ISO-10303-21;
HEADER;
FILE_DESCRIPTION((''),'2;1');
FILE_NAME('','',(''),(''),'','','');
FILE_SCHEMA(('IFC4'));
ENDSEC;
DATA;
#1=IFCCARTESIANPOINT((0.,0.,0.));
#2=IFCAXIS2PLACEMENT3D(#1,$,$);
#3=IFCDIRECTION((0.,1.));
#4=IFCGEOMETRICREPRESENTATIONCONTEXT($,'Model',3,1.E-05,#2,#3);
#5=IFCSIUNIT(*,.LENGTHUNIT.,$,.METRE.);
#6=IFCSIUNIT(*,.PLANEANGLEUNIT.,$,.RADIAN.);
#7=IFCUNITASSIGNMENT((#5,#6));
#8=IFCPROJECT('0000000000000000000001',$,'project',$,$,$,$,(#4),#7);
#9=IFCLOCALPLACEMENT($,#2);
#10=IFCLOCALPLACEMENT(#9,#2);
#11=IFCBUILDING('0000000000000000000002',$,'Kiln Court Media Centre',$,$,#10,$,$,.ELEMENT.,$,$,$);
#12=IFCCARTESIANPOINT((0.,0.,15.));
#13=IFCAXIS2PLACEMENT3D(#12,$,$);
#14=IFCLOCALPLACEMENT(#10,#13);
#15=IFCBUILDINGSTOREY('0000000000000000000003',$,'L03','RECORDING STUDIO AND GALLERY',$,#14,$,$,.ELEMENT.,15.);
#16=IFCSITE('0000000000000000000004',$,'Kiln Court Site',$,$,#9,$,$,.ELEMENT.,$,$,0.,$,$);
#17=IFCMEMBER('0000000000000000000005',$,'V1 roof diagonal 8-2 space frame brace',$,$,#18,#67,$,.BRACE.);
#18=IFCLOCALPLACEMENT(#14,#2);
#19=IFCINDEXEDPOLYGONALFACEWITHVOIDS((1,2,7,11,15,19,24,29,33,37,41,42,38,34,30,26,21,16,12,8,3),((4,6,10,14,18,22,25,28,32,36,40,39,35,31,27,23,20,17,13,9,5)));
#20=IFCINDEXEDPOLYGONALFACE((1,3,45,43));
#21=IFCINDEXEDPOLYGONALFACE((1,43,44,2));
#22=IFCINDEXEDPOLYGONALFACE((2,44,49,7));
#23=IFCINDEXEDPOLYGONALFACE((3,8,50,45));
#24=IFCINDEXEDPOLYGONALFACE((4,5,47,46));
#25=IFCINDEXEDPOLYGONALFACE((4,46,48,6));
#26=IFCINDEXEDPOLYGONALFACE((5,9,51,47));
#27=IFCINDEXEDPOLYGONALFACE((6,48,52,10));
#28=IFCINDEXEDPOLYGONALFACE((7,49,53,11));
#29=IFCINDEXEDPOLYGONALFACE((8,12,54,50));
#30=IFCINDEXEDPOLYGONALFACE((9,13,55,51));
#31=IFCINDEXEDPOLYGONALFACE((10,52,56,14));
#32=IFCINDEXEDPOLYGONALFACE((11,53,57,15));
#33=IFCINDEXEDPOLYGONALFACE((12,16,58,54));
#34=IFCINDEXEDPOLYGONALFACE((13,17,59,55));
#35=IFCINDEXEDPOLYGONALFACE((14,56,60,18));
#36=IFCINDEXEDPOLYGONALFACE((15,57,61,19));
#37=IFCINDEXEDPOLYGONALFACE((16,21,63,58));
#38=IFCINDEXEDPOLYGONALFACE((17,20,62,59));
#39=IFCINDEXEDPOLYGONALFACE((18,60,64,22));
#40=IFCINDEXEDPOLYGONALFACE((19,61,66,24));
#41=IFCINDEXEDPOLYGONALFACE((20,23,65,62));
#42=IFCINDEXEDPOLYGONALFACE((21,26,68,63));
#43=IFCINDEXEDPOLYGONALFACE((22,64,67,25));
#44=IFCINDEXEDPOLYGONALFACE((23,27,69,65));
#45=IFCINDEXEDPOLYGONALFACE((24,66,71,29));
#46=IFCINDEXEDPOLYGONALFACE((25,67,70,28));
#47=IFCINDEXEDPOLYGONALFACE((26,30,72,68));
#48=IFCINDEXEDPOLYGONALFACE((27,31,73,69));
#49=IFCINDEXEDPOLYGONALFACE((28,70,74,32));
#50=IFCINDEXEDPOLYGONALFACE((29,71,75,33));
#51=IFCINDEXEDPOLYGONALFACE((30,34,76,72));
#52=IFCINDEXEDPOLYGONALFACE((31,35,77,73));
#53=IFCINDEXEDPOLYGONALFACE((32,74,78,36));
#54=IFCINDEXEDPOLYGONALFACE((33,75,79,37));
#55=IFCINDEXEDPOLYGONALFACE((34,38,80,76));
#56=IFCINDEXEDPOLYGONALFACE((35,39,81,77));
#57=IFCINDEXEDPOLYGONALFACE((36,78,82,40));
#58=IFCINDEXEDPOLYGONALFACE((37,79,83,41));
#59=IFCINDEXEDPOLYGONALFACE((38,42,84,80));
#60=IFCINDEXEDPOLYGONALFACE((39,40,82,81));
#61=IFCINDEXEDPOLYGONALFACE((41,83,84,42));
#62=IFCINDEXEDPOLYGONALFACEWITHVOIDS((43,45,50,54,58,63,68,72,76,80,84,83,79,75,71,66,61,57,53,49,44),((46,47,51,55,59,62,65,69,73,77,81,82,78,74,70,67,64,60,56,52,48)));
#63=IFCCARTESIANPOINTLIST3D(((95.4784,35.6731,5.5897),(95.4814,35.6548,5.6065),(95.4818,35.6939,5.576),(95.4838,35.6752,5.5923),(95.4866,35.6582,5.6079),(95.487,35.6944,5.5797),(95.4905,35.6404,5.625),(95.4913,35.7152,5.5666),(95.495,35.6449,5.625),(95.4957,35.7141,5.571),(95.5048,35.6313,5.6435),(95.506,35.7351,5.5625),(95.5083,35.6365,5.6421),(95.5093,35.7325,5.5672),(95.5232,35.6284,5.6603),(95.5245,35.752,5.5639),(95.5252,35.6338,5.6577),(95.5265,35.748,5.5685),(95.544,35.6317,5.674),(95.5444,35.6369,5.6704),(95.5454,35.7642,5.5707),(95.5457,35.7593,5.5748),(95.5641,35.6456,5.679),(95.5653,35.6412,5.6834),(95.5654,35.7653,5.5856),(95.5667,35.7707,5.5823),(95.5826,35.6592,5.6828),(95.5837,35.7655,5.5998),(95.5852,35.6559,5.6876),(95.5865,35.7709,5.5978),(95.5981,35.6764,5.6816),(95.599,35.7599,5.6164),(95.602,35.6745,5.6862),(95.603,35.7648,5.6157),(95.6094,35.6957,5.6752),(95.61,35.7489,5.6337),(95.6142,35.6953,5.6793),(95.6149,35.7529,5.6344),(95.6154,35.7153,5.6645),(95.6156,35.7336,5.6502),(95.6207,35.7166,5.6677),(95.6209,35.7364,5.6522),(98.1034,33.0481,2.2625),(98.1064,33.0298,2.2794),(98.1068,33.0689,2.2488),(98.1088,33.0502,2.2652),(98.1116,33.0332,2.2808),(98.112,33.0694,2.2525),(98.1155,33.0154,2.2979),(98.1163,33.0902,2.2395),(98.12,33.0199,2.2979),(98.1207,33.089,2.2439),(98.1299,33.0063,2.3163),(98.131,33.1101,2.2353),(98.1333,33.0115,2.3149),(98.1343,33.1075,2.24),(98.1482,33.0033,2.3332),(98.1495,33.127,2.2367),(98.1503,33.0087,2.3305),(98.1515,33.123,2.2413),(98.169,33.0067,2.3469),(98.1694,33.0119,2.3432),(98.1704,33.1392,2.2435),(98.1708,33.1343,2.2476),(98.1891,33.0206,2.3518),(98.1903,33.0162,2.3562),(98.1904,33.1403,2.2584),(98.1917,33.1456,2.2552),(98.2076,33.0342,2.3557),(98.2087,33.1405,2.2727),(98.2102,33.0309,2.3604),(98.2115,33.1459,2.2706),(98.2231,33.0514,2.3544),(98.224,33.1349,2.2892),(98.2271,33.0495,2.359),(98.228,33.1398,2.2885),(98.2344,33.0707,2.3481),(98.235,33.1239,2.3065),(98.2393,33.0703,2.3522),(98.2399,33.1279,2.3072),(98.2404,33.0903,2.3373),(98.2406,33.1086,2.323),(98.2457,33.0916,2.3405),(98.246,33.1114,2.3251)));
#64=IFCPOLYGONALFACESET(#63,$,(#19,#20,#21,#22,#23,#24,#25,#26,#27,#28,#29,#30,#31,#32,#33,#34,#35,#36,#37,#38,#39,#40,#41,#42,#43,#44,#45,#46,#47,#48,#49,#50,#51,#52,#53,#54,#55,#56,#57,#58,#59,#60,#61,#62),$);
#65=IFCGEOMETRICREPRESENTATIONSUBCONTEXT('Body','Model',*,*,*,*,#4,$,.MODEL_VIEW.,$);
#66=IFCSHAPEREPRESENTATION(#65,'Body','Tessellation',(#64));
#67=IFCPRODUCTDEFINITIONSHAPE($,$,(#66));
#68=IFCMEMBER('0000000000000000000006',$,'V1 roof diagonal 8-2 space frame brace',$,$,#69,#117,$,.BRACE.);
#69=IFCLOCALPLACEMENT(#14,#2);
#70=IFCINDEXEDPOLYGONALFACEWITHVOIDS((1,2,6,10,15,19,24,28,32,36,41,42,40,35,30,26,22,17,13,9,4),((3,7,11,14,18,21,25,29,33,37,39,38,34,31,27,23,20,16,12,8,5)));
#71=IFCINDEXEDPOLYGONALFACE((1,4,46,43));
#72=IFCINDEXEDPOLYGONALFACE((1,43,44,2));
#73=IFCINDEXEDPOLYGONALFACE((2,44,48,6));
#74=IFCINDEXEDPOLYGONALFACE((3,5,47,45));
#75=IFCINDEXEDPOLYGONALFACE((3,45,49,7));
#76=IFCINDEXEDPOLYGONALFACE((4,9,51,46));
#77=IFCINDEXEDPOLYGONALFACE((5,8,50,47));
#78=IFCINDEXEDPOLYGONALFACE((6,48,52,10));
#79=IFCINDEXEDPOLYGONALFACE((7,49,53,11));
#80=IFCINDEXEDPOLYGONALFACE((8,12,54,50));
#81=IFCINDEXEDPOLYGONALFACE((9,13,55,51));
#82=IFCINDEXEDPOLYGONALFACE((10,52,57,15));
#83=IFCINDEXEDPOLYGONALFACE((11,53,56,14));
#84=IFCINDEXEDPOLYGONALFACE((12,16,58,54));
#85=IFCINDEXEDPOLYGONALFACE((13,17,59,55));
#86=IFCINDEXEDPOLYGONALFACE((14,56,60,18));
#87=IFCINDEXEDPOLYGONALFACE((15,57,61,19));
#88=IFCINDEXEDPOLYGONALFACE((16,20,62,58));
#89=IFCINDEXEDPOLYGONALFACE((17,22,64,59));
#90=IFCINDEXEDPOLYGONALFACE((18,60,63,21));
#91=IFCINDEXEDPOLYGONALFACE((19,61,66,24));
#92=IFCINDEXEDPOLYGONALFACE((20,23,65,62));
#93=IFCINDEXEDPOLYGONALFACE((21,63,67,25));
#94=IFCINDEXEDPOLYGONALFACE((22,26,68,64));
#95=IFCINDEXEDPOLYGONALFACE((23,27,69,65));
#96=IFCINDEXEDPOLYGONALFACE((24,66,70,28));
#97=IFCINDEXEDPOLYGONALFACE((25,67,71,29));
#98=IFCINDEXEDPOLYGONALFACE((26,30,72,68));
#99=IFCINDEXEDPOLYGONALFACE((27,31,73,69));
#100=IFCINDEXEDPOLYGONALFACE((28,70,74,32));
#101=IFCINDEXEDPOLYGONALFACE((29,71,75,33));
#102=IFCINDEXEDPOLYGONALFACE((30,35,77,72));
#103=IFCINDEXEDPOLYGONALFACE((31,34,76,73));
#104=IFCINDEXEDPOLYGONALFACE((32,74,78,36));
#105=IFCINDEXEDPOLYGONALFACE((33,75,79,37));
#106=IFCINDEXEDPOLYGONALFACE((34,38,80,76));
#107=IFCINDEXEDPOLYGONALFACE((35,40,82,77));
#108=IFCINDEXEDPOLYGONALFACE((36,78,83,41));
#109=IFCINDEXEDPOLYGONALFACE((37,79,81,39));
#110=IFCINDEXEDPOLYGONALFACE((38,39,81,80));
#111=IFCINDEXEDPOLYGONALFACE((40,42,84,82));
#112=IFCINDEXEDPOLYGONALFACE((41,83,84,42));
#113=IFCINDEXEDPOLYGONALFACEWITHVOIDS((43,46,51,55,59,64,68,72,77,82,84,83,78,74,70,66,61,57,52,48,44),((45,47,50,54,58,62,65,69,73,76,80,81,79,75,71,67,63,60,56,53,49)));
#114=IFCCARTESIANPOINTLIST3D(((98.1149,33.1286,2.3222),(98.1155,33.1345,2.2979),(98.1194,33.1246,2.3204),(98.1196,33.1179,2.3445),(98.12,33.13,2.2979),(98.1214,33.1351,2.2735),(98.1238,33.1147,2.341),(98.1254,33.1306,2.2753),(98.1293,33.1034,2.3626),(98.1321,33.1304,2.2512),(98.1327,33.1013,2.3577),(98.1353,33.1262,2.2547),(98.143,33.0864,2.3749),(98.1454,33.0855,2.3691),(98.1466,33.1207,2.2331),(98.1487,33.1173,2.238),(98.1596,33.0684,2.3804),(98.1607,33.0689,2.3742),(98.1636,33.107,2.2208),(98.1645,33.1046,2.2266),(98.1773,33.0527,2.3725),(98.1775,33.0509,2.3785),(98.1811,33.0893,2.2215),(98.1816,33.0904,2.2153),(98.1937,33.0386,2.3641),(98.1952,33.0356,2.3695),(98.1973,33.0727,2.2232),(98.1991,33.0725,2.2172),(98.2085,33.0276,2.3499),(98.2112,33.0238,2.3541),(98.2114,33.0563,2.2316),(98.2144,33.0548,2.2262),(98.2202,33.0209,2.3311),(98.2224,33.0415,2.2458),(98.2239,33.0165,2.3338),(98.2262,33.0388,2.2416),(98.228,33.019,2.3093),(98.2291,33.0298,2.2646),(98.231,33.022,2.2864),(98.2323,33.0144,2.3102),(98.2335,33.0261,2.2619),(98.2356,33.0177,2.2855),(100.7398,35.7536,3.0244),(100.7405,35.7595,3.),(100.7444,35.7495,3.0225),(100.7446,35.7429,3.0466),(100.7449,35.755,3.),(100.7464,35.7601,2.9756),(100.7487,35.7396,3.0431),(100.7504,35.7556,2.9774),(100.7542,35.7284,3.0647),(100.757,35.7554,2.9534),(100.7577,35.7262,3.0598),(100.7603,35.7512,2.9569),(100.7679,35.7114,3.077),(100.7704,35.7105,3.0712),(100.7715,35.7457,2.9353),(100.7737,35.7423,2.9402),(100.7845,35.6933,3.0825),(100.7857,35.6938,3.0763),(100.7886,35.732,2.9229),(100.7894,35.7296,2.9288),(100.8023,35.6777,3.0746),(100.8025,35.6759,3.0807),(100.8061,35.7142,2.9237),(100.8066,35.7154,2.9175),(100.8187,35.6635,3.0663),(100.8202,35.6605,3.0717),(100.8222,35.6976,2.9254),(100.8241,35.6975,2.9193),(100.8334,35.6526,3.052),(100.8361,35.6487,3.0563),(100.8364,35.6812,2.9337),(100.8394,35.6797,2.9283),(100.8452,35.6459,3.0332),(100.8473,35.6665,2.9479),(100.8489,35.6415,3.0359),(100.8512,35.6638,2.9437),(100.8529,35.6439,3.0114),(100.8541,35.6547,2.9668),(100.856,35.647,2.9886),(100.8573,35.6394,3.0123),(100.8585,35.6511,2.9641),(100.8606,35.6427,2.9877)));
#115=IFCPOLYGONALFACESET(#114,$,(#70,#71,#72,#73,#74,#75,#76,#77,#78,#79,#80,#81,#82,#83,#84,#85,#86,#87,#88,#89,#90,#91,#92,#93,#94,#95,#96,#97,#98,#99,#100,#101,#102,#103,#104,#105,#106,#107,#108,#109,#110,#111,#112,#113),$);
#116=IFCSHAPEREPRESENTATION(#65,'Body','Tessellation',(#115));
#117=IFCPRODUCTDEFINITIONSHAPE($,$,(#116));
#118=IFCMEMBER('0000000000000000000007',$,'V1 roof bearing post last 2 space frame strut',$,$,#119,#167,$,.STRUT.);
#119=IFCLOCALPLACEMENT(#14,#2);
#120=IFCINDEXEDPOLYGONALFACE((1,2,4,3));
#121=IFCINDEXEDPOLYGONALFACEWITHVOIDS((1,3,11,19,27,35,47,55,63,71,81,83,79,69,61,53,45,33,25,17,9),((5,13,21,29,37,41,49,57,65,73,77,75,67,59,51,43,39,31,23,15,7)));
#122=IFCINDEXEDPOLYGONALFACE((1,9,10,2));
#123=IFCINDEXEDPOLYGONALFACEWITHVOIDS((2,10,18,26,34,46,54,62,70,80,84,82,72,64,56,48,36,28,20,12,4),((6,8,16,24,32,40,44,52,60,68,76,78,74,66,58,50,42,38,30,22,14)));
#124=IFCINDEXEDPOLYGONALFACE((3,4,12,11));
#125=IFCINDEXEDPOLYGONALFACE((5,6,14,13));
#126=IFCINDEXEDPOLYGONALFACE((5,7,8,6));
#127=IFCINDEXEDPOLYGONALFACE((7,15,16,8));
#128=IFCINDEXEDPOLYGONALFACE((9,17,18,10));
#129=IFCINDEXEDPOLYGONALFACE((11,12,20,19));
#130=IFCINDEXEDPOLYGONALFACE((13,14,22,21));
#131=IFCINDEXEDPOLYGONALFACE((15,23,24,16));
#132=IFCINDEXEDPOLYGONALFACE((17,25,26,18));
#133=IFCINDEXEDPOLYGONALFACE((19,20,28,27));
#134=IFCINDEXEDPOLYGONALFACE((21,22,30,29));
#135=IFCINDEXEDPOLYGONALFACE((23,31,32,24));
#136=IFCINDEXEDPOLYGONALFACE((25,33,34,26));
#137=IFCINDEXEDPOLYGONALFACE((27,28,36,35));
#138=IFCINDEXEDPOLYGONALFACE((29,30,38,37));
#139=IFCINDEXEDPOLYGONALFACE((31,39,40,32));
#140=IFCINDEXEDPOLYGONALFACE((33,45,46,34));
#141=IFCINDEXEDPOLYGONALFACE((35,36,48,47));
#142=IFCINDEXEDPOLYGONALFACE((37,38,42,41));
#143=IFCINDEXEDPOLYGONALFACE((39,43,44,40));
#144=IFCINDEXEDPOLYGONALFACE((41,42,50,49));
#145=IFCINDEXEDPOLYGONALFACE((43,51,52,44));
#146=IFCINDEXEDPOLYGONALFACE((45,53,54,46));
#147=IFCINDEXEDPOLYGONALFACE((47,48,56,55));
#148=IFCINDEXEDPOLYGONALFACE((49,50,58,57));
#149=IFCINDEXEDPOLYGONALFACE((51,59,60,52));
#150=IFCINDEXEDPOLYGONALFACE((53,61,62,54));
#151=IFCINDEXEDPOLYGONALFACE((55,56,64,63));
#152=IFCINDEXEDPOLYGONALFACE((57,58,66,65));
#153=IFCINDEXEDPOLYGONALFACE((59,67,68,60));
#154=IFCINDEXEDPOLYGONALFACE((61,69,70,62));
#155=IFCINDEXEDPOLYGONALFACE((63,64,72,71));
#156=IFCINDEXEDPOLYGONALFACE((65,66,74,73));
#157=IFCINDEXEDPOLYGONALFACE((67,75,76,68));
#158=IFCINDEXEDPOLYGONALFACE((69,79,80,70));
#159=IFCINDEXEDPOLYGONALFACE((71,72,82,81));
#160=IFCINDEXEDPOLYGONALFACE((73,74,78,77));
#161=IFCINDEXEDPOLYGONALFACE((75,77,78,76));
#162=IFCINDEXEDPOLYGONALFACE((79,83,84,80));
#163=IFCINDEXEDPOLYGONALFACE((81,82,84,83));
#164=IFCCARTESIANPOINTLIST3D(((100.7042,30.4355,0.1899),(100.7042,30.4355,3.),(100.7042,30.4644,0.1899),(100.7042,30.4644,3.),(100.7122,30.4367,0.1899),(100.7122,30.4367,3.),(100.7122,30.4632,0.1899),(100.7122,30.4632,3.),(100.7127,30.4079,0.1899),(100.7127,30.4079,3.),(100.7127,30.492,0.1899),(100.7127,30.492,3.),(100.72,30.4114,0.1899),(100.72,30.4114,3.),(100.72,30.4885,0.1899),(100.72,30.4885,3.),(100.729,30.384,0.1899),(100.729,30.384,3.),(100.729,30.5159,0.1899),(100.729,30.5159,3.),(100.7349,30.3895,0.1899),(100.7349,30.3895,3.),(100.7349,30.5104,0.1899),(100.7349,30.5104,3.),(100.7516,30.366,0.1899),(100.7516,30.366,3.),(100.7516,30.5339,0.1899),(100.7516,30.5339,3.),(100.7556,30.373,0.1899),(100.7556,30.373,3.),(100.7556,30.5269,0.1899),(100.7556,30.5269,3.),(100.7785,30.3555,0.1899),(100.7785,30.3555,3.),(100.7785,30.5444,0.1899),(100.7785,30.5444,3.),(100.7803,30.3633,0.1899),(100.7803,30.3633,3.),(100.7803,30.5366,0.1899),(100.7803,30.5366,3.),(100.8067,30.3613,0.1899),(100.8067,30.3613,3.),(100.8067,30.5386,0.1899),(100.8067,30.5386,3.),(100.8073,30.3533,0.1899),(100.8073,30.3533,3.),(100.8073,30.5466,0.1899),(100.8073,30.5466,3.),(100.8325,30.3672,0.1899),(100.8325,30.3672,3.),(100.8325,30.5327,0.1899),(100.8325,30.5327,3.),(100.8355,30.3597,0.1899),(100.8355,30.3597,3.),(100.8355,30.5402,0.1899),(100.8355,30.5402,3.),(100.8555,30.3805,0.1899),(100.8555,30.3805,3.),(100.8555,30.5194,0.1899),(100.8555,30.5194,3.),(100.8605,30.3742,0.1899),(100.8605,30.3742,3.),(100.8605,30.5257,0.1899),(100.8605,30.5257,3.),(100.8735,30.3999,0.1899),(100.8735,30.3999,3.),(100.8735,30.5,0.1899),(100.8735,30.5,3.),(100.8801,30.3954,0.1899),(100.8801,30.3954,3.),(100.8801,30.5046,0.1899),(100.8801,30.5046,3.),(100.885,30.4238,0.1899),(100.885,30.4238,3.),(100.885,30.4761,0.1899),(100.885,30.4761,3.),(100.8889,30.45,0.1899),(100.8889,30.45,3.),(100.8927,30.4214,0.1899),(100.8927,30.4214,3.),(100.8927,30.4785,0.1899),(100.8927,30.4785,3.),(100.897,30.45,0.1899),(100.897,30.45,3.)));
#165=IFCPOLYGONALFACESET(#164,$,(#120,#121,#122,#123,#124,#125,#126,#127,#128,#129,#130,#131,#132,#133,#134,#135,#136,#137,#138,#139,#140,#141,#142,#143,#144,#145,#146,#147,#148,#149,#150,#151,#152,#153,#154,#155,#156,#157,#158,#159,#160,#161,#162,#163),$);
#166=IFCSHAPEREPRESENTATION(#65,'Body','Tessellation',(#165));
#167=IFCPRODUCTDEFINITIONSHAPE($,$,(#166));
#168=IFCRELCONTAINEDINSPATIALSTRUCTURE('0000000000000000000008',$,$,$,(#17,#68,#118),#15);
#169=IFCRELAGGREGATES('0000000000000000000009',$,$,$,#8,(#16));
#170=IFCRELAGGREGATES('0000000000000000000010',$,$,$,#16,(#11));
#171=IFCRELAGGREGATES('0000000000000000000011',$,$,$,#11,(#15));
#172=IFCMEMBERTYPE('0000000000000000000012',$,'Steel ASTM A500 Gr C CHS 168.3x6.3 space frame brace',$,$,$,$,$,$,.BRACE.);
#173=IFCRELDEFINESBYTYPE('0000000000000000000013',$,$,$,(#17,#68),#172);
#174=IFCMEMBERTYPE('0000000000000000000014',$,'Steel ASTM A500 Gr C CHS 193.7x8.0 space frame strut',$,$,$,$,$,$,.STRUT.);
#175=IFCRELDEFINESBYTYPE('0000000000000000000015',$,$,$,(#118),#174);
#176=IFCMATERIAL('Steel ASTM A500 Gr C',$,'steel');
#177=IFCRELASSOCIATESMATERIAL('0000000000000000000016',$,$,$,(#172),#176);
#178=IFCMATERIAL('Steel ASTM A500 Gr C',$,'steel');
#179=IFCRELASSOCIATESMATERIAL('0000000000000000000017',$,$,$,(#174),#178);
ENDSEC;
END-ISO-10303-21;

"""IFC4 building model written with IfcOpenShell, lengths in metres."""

from ifc_helpers import new_model, si_unit, direction, frame, origin, origin_2d, place, context, subcontext, project, spatial, hollow_circle, extrude, material, material_profile, profile_set, type_object, element, save


model = new_model("IFC4")

# Units and contexts
model_context = context("Model", 3, precision=1e-05, world=origin(), true_north=direction((0.0, 1.0)))
body_context = subcontext(model_context, "Body", "Model", "MODEL_VIEW")
ifc_project = project(units=[si_unit("LENGTHUNIT", "METRE"), si_unit("PLANEANGLEUNIT", "RADIAN")], contexts=[model_context])

# Site, building, storey
site_placement = place(None, origin())
site = spatial("IfcSite", under=ifc_project, at=site_placement, Name="Kiln Court Site", CompositionType="ELEMENT", RefElevation=0.0)
building_placement = place(site_placement, origin())
building = spatial("IfcBuilding", under=site, at=building_placement, Name="Kiln Court Media Centre", CompositionType="ELEMENT")
storey_placement = place(building_placement, frame((0.0, 0.0, 15.0)))
storey = spatial("IfcBuildingStorey", under=building, at=storey_placement, Name="L03", Description="RECORDING STUDIO AND GALLERY", CompositionType="ELEMENT", Elevation=15.0)

# Members
ifc_material_1 = material(Name="Steel ASTM A500 Gr C", Category="steel")
ifc_material_profile_1 = material_profile(ifc_material_1, hollow_circle(Radius=0.0842, WallThickness=0.0063, at=origin_2d()), Name="CHS 168.3x6.3")
ifc_profile_set_1 = profile_set([ifc_material_profile_1], Name="Steel ASTM A500 Gr C")
member_type_1 = type_object("IfcMemberType", Name="Steel ASTM A500 Gr C CHS 168.3x6.3 space frame brace", PredefinedType="BRACE", material=ifc_profile_set_1)
member_1_placement = place(storey_placement, frame((98.175, 33.075, 2.2979), z_axis=(-0.52657, 0.52657, 0.667419), x_axis=(-0.707107, -0.707107, 0.0)))
element("IfcMember", 1, at=member_1_placement, inside=storey, type_object=member_type_1, Name="V1 roof diagonal 8-2 space frame brace", PredefinedType="BRACE", context=body_context, shape_type="SweptSolid", body=[
    extrude(hollow_circle(Radius=0.0842, WallThickness=0.0063, at=origin_2d()), origin(), (0.0, 0.0, 1.0), 4.9851),
])
member_2_placement = place(storey_placement, frame((98.175, 33.075, 2.2979), z_axis=(0.694788, 0.694788, 0.185846), x_axis=(-0.707107, 0.707107, 0.0)))
element("IfcMember", 2, at=member_2_placement, inside=storey, type_object=member_type_1, Name="V1 roof diagonal 8-2 space frame brace", PredefinedType="BRACE", context=body_context, shape_type="SweptSolid", body=[
    extrude(hollow_circle(Radius=0.0842, WallThickness=0.0063, at=origin_2d()), origin(), (0.0, 0.0, 1.0), 3.7781),
])
ifc_material_2 = material(Name="Steel ASTM A500 Gr C", Category="steel")
ifc_material_profile_2 = material_profile(ifc_material_2, hollow_circle(Radius=0.0969, WallThickness=0.0081, at=origin_2d()), Name="CHS 193.7x8.0")
ifc_profile_set_2 = profile_set([ifc_material_profile_2], Name="Steel ASTM A500 Gr C")
member_type_2 = type_object("IfcMemberType", Name="Steel ASTM A500 Gr C CHS 193.7x8.0 space frame strut", PredefinedType="STRUT", material=ifc_profile_set_2)
for number, where, z_axis, x_axis, name in (
    (3, (100.8, 30.45, 0.1899), (0.0, 0.0, 1.0), (1.0, 0.0, 0.0), "V1 roof bearing post last 2 space frame strut"),
):
    element("IfcMember", number, at=place(storey_placement, frame(where, z_axis=z_axis, x_axis=x_axis)), inside=storey, type_object=member_type_2, Name=name, PredefinedType="STRUT", context=body_context, shape_type="SweptSolid", body=[
        extrude(hollow_circle(Radius=0.0969, WallThickness=0.0081, at=origin_2d()), origin(), (0.0, 0.0, 1.0), 2.8101),
    ])

save(model, "model.ifc")
